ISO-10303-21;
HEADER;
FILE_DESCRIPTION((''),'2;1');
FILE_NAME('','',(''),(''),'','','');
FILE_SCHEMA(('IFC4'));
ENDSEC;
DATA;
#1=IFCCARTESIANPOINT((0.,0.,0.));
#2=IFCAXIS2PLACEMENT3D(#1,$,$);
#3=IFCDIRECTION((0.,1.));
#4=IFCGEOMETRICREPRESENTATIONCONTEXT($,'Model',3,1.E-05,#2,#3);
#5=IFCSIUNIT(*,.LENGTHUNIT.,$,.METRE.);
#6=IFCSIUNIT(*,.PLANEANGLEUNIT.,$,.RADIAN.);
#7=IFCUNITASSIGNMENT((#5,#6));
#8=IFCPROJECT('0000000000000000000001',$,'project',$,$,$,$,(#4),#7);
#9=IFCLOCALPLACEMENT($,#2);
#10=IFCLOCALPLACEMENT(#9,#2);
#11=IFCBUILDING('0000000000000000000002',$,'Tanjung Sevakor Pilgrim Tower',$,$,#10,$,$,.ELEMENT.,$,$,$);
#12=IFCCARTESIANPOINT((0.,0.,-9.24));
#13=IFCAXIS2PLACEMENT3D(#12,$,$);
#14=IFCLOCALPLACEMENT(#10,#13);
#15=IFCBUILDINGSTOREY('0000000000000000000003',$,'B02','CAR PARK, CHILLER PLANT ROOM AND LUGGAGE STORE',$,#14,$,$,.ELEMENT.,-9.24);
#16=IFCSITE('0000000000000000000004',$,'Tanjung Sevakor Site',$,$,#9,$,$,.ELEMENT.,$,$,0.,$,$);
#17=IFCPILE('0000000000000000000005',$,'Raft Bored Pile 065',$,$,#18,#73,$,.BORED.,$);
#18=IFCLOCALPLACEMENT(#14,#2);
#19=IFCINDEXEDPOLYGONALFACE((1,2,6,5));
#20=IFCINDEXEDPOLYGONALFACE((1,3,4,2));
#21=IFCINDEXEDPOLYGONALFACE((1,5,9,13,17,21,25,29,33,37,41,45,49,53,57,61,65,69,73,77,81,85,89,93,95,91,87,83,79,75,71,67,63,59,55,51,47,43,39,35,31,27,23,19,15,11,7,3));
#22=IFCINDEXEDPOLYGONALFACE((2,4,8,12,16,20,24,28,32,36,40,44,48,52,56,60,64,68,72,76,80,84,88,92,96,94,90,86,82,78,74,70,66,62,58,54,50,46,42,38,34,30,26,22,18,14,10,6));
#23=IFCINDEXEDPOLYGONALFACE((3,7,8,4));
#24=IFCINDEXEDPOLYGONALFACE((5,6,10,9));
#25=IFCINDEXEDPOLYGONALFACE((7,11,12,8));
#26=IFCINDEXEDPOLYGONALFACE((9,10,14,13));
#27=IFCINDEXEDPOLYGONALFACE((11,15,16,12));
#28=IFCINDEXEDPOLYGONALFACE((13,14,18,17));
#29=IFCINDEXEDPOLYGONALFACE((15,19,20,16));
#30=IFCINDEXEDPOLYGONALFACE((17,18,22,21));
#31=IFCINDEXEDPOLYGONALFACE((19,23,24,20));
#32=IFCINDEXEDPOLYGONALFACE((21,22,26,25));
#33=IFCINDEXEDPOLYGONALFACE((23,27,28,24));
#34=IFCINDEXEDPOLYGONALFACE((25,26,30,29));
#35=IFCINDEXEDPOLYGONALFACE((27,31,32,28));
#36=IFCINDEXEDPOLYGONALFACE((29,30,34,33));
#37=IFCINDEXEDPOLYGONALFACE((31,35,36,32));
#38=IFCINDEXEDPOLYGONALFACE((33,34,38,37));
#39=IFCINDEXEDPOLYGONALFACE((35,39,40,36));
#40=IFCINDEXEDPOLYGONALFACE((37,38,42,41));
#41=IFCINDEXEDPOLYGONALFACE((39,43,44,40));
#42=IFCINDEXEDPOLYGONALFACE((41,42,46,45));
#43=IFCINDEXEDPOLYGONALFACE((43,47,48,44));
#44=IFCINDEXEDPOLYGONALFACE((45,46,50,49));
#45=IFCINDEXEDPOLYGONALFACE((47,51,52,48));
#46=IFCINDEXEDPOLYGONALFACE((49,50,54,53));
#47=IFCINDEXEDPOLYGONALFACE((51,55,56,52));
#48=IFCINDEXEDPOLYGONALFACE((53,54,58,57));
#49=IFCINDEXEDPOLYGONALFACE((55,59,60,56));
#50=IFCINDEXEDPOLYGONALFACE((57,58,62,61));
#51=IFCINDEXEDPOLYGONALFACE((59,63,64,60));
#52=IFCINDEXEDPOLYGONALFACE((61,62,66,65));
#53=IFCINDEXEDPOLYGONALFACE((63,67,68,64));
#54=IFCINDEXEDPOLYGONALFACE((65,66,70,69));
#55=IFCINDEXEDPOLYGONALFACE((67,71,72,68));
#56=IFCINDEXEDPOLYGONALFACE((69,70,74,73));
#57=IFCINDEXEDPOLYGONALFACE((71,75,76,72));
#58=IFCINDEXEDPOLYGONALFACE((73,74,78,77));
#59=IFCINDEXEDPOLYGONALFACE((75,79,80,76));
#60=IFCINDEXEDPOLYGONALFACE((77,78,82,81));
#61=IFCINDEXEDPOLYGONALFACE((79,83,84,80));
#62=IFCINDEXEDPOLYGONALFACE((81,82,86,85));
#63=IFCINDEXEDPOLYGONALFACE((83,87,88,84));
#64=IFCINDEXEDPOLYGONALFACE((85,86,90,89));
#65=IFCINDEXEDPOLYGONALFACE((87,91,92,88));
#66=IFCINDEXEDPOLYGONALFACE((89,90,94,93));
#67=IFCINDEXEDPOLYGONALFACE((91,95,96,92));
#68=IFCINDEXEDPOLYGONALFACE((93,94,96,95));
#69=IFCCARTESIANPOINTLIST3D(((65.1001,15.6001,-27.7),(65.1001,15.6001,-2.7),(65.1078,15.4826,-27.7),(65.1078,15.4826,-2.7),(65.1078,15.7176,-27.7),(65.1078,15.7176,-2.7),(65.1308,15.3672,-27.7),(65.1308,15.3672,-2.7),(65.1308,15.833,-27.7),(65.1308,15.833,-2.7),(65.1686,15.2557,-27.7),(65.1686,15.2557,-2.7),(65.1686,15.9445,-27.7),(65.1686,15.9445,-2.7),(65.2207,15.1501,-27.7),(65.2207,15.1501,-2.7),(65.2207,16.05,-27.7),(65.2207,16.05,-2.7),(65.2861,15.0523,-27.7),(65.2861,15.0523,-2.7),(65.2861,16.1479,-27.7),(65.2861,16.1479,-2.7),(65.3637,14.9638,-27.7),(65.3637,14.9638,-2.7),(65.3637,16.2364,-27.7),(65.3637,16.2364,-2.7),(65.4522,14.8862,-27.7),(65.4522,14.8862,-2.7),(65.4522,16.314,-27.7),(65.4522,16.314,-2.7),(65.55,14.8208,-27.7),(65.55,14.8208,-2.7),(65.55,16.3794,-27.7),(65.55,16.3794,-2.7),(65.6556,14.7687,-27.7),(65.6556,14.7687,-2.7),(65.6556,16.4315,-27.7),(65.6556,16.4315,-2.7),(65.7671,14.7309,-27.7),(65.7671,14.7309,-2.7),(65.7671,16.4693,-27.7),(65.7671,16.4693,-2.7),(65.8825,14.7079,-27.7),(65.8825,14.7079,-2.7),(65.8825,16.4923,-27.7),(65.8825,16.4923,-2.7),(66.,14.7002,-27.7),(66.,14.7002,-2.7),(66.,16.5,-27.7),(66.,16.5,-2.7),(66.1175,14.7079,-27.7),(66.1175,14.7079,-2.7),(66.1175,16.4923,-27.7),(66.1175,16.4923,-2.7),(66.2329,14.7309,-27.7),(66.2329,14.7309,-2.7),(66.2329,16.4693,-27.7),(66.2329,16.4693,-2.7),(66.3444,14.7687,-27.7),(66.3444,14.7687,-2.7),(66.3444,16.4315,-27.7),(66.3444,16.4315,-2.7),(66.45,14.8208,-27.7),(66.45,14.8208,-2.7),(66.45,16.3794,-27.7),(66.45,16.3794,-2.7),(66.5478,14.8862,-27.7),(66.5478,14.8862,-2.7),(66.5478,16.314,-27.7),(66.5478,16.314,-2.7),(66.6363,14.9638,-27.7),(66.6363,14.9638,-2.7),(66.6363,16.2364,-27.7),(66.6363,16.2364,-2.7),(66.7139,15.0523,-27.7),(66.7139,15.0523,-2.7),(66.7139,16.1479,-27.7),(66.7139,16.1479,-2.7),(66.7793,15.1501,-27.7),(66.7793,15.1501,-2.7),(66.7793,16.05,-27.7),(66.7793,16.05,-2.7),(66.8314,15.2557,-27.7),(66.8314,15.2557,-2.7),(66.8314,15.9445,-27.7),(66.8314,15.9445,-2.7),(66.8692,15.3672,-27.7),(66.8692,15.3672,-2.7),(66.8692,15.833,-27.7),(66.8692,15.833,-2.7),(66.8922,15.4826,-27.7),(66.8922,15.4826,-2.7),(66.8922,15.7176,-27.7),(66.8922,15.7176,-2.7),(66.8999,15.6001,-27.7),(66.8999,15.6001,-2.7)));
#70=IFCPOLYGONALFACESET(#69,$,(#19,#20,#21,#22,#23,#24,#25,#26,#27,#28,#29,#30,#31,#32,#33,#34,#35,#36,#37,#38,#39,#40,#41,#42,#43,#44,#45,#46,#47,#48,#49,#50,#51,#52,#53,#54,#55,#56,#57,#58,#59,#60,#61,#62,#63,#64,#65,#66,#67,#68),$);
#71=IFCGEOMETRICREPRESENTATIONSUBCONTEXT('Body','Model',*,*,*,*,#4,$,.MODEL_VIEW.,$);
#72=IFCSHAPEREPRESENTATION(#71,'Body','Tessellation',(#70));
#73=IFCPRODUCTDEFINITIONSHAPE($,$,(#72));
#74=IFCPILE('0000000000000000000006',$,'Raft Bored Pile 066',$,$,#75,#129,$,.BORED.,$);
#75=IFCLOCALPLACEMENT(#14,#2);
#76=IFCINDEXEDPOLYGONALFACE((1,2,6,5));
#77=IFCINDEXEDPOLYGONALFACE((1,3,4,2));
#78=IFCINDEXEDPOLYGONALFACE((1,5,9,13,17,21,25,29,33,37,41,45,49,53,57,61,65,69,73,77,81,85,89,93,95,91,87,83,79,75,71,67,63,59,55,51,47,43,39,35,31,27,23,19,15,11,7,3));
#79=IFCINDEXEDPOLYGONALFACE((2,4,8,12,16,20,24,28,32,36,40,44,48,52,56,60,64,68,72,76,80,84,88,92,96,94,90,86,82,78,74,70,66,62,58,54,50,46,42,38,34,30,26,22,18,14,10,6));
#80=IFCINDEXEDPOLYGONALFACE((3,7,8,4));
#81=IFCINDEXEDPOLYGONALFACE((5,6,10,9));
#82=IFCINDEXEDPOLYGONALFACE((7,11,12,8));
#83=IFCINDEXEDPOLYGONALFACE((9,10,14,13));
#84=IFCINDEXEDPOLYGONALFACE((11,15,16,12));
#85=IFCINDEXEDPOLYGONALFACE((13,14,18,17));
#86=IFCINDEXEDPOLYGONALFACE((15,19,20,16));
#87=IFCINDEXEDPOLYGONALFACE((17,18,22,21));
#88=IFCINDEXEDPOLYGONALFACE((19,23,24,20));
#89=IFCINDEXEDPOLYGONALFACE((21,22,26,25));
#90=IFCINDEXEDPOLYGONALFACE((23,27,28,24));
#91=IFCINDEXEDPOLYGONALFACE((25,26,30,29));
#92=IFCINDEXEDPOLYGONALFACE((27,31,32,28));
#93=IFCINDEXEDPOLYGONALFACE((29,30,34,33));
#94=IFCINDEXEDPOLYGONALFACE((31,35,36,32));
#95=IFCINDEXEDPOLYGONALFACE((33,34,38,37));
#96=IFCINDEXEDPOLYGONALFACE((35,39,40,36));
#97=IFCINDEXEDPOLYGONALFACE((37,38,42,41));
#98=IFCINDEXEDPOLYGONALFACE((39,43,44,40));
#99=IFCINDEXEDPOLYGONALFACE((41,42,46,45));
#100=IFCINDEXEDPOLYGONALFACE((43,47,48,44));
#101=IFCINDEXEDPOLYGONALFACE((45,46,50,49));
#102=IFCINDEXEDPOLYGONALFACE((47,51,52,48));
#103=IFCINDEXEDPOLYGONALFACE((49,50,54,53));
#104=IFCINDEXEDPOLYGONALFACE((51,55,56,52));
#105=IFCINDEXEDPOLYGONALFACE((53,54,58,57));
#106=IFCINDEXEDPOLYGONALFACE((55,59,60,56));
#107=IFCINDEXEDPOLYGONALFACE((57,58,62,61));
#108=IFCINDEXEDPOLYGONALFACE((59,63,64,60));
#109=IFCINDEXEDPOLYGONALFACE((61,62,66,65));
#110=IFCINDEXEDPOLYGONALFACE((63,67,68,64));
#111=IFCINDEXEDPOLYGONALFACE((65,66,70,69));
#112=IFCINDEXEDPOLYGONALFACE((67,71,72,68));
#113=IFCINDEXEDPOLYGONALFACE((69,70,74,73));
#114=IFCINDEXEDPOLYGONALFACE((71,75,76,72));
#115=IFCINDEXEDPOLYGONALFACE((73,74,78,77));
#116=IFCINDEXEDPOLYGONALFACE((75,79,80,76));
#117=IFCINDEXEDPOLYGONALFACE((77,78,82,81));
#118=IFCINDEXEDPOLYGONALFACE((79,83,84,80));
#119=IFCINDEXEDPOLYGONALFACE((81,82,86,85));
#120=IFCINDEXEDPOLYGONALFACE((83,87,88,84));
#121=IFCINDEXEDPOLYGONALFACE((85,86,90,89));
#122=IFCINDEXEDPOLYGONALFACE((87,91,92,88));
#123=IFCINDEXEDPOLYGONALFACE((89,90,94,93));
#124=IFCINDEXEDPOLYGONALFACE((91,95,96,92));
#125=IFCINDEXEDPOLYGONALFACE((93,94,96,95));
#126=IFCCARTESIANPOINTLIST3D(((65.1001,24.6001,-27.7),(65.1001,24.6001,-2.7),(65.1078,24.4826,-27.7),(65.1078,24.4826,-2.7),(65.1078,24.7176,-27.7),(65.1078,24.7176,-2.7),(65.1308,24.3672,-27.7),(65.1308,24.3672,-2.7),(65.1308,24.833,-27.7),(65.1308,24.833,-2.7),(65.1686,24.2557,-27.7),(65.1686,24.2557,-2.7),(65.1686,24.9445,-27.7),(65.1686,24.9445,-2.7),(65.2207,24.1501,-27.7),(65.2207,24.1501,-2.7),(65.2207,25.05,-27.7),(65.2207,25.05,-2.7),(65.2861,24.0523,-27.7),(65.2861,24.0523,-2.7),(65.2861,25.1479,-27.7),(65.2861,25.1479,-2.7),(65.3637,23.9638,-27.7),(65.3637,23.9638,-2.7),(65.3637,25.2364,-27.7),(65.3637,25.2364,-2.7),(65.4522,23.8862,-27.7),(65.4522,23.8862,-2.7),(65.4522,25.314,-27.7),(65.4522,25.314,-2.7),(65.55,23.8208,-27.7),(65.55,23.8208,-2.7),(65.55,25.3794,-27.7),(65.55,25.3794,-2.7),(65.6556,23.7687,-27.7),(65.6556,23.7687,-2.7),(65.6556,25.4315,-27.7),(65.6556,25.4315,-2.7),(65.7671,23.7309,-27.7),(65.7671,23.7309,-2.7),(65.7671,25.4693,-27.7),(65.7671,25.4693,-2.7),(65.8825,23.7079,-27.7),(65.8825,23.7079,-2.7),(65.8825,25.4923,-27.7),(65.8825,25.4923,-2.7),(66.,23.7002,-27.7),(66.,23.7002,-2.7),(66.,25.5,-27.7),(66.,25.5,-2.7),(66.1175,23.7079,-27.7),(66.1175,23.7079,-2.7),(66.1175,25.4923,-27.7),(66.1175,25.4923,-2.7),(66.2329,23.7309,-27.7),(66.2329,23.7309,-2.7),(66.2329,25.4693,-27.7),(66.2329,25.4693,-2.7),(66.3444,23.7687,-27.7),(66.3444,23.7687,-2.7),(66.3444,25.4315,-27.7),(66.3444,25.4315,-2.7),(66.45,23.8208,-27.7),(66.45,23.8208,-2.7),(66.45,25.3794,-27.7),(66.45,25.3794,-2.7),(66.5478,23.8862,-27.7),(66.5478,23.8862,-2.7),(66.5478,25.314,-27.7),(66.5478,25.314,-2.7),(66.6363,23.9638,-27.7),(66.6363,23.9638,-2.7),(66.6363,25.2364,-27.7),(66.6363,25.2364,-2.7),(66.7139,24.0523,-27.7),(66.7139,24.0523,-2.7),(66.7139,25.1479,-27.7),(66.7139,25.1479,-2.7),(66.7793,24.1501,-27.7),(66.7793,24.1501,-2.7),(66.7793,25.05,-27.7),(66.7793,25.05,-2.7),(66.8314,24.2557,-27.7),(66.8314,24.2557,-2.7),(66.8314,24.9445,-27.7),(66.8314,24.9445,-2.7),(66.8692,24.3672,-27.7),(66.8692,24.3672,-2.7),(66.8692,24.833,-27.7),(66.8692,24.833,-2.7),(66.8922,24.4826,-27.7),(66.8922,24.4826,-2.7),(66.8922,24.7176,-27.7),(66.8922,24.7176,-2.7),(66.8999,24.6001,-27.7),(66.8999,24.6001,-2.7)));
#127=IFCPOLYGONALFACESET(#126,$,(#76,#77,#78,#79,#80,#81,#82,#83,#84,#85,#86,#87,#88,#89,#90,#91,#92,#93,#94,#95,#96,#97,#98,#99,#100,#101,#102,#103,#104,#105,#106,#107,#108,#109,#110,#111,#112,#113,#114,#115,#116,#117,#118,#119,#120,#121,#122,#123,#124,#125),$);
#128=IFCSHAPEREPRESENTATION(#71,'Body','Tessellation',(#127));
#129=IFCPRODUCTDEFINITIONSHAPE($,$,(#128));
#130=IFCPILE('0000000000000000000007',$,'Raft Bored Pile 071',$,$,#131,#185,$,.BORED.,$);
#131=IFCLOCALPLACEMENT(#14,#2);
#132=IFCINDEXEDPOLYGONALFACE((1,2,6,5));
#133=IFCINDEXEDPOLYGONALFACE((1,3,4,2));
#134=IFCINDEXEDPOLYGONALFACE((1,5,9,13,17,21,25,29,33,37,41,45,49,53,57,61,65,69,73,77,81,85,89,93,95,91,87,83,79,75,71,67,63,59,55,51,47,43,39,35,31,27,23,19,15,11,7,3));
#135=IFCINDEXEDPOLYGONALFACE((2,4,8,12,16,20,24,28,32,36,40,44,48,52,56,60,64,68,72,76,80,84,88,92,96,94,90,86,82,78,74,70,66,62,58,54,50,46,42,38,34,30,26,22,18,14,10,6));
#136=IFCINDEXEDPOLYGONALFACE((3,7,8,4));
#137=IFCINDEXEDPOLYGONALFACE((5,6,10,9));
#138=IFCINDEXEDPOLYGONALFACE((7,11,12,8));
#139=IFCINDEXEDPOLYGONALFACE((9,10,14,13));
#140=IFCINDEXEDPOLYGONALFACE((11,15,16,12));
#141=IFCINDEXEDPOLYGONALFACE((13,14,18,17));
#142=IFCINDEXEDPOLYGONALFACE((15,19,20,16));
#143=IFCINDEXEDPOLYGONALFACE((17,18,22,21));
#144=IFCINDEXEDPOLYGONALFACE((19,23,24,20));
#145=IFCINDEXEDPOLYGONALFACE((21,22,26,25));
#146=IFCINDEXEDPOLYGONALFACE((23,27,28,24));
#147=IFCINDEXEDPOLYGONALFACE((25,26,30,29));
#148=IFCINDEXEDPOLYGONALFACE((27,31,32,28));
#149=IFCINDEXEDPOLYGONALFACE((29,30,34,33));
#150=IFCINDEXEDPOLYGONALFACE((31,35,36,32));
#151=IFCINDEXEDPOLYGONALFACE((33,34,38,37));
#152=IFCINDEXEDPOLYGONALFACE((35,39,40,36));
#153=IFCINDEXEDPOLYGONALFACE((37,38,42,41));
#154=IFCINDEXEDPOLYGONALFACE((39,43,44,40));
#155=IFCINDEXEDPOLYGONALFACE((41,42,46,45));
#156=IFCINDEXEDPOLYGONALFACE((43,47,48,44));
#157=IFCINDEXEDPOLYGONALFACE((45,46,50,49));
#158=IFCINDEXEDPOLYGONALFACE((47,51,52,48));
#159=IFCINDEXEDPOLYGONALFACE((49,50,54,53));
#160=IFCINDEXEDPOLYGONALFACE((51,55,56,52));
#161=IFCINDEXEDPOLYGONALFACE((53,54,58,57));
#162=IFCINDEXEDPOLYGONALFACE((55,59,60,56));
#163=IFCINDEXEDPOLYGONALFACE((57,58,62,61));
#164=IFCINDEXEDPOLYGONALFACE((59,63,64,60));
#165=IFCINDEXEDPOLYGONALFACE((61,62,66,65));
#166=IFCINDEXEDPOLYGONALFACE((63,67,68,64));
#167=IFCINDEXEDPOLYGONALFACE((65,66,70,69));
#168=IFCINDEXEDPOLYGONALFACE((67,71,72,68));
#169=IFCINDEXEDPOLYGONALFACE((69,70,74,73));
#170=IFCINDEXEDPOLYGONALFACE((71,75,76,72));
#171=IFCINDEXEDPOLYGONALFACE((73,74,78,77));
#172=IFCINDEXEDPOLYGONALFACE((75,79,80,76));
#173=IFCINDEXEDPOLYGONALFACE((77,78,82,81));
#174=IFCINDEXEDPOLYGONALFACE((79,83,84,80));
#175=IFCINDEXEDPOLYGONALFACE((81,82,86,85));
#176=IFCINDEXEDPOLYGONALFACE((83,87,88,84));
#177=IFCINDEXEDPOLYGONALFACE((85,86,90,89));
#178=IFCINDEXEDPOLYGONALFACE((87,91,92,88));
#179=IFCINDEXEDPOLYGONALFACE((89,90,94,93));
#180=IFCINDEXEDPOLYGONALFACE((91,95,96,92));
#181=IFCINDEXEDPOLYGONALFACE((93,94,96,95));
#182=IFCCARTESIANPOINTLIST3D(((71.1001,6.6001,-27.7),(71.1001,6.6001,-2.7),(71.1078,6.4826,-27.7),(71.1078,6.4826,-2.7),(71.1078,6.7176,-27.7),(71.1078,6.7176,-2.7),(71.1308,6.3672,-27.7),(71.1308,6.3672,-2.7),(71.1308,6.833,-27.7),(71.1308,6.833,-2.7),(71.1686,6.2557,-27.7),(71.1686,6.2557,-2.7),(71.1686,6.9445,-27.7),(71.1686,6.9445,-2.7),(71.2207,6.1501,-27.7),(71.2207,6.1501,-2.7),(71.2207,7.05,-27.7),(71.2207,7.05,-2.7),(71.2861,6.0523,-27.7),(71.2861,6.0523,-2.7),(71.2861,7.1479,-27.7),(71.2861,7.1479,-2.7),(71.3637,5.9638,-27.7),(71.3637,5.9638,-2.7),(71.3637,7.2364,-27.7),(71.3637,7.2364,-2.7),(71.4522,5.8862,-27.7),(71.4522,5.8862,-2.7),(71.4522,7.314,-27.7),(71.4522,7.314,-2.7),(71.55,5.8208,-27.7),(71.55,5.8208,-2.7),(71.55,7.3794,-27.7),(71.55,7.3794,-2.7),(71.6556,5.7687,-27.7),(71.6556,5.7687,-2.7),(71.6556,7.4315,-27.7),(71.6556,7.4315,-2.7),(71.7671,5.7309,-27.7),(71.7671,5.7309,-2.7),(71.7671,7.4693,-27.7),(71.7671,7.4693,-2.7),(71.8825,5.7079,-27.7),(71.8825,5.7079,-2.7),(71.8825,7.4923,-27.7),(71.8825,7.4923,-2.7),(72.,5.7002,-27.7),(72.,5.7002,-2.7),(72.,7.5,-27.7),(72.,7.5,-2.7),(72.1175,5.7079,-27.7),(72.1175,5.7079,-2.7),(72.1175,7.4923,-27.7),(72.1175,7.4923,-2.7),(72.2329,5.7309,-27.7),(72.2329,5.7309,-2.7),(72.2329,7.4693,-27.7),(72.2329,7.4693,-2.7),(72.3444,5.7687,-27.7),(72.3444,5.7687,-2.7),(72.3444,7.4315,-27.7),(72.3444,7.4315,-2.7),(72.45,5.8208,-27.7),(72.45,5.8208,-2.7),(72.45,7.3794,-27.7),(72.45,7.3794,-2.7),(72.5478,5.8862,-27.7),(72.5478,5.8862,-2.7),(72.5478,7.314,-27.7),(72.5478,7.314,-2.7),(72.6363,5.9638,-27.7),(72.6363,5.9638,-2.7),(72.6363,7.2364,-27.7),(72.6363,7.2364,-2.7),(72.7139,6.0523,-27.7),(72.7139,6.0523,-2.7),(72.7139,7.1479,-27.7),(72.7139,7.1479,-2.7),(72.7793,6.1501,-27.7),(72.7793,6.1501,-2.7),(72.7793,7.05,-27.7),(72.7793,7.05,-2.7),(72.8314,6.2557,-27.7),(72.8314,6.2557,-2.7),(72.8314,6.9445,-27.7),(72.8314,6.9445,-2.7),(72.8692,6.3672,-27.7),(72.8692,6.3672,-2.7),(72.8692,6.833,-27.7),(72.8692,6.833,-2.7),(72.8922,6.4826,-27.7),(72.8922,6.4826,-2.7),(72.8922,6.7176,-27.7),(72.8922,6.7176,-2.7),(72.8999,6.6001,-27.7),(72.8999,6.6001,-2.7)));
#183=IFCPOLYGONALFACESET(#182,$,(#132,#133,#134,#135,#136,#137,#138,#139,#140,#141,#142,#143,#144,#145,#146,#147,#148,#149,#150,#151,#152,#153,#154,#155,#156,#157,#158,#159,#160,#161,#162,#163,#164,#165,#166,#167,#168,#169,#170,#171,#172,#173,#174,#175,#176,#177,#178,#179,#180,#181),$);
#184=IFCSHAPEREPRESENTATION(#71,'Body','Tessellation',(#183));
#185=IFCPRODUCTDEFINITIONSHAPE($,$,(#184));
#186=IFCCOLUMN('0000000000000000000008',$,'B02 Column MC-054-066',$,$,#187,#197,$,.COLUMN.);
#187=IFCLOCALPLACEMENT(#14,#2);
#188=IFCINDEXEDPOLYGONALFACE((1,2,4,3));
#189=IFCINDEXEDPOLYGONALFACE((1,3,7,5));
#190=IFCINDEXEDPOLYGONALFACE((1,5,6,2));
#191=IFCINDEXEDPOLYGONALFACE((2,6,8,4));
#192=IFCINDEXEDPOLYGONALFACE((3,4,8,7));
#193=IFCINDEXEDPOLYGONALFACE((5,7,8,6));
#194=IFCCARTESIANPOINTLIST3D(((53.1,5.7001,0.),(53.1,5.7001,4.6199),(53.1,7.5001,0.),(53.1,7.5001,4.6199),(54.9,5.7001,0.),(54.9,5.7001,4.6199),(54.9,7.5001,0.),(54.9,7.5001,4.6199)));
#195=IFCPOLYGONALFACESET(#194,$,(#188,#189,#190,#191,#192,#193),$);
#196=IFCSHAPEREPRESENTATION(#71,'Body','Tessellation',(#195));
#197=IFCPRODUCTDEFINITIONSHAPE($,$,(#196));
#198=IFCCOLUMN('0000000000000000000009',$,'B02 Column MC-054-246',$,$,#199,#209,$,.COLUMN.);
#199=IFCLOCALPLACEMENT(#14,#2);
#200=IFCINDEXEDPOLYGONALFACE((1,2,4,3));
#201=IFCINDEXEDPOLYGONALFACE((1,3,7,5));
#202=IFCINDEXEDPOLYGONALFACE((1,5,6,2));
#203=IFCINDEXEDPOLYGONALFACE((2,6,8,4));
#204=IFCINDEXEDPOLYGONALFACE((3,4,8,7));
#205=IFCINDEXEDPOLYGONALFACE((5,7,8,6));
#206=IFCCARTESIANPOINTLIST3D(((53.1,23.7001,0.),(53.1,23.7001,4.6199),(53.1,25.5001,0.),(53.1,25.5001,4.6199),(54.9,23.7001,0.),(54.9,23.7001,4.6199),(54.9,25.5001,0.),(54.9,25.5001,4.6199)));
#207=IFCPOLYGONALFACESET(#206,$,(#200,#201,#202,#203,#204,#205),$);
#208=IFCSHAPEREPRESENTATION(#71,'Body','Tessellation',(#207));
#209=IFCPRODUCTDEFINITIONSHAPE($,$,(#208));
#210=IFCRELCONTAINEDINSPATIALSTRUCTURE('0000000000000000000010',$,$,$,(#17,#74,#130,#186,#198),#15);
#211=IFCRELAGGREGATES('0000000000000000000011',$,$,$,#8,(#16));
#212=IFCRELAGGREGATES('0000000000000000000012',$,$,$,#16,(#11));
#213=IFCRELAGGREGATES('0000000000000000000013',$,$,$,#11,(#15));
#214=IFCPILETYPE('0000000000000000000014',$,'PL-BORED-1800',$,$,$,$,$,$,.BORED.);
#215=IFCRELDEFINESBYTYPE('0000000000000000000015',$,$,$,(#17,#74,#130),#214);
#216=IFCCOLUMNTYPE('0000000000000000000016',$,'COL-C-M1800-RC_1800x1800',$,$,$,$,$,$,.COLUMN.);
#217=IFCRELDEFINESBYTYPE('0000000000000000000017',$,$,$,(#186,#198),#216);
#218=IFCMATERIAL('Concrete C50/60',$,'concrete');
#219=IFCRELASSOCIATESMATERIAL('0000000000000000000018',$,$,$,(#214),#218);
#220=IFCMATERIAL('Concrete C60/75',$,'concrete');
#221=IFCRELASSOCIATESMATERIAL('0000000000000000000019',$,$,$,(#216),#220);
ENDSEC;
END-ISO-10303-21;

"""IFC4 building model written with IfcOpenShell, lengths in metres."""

from ifc_helpers import new_model, si_unit, direction, frame, origin, origin_2d, place, context, subcontext, project, spatial, rectangle, circle, extrude, material, material_profile, profile_set, type_object, element, save


model = new_model("IFC4")

# Units and contexts
model_context = context("Model", 3, precision=1e-05, world=origin(), true_north=direction((0.0, 1.0)))
body_context = subcontext(model_context, "Body", "Model", "MODEL_VIEW")
ifc_project = project(units=[si_unit("LENGTHUNIT", "METRE"), si_unit("PLANEANGLEUNIT", "RADIAN")], contexts=[model_context])

# Site, building, storey
site_placement = place(None, origin())
site = spatial("IfcSite", under=ifc_project, at=site_placement, Name="Tanjung Sevakor Site", CompositionType="ELEMENT", RefElevation=0.0)
building_placement = place(site_placement, origin())
building = spatial("IfcBuilding", under=site, at=building_placement, Name="Tanjung Sevakor Pilgrim Tower", CompositionType="ELEMENT")
storey_placement = place(building_placement, frame((0.0, 0.0, -9.24)))
storey = spatial("IfcBuildingStorey", under=building, at=storey_placement, Name="B02", Description="CAR PARK, CHILLER PLANT ROOM AND LUGGAGE STORE", CompositionType="ELEMENT", Elevation=-9.24)

# Piles
ifc_material_1 = material(Name="Concrete C50/60", Category="concrete")
ifc_material_profile_1 = material_profile(ifc_material_1, circle(Radius=0.8999, at=origin_2d()))
ifc_profile_set_1 = profile_set([ifc_material_profile_1], Name="Concrete C50/60")
pile_type = type_object("IfcPileType", Name="PL-BORED-1800", PredefinedType="BORED", material=ifc_profile_set_1)
for number, where, z_axis, x_axis, name in (
    (1, (66.0, 15.6001, -2.7), (0.0, 0.0, -1.0), (1.0, 0.0, 0.0), "Raft Bored Pile 065"),
    (2, (66.0, 24.6001, -2.7), (0.0, 0.0, -1.0), (1.0, 0.0, 0.0), "Raft Bored Pile 066"),
    (3, (72.0, 6.6001, -2.7), (0.0, 0.0, -1.0), (1.0, 0.0, 0.0), "Raft Bored Pile 071"),
):
    element("IfcPile", number, at=place(storey_placement, frame(where, z_axis=z_axis, x_axis=x_axis)), inside=storey, type_object=pile_type, Name=name, PredefinedType="BORED", context=body_context, shape_type="SweptSolid", body=[
        extrude(circle(Radius=0.8999, at=origin_2d()), origin(), (0.0, 0.0, 1.0), 25.0),
    ])

# Columns
ifc_material_2 = material(Name="Concrete C60/75", Category="concrete")
ifc_material_profile_2 = material_profile(ifc_material_2, rectangle(XDim=1.8, YDim=1.8, at=origin_2d()))
ifc_profile_set_2 = profile_set([ifc_material_profile_2], Name="Concrete C60/75")
column_type_1 = type_object("IfcColumnType", Name="COL-C-M1800-RC_1800x1800", PredefinedType="COLUMN", material=ifc_profile_set_2)
for number, where, z_axis, x_axis, name in (
    (4, (54.0, 6.6001, 0.0), (0.0, 0.0, 1.0), (1.0, 0.0, 0.0), "B02 Column MC-054-066"),
    (5, (54.0, 24.6001, 0.0), (0.0, 0.0, 1.0), (1.0, 0.0, 0.0), "B02 Column MC-054-246"),
):
    element("IfcColumn", number, at=place(storey_placement, frame(where, z_axis=z_axis, x_axis=x_axis)), inside=storey, type_object=column_type_1, Name=name, PredefinedType="COLUMN", context=body_context, shape_type="SweptSolid", body=[
        extrude(rectangle(XDim=1.8, YDim=1.8, at=origin_2d()), origin(), (0.0, 0.0, 1.0), 4.6199),
    ])

save(model, "model.ifc")
